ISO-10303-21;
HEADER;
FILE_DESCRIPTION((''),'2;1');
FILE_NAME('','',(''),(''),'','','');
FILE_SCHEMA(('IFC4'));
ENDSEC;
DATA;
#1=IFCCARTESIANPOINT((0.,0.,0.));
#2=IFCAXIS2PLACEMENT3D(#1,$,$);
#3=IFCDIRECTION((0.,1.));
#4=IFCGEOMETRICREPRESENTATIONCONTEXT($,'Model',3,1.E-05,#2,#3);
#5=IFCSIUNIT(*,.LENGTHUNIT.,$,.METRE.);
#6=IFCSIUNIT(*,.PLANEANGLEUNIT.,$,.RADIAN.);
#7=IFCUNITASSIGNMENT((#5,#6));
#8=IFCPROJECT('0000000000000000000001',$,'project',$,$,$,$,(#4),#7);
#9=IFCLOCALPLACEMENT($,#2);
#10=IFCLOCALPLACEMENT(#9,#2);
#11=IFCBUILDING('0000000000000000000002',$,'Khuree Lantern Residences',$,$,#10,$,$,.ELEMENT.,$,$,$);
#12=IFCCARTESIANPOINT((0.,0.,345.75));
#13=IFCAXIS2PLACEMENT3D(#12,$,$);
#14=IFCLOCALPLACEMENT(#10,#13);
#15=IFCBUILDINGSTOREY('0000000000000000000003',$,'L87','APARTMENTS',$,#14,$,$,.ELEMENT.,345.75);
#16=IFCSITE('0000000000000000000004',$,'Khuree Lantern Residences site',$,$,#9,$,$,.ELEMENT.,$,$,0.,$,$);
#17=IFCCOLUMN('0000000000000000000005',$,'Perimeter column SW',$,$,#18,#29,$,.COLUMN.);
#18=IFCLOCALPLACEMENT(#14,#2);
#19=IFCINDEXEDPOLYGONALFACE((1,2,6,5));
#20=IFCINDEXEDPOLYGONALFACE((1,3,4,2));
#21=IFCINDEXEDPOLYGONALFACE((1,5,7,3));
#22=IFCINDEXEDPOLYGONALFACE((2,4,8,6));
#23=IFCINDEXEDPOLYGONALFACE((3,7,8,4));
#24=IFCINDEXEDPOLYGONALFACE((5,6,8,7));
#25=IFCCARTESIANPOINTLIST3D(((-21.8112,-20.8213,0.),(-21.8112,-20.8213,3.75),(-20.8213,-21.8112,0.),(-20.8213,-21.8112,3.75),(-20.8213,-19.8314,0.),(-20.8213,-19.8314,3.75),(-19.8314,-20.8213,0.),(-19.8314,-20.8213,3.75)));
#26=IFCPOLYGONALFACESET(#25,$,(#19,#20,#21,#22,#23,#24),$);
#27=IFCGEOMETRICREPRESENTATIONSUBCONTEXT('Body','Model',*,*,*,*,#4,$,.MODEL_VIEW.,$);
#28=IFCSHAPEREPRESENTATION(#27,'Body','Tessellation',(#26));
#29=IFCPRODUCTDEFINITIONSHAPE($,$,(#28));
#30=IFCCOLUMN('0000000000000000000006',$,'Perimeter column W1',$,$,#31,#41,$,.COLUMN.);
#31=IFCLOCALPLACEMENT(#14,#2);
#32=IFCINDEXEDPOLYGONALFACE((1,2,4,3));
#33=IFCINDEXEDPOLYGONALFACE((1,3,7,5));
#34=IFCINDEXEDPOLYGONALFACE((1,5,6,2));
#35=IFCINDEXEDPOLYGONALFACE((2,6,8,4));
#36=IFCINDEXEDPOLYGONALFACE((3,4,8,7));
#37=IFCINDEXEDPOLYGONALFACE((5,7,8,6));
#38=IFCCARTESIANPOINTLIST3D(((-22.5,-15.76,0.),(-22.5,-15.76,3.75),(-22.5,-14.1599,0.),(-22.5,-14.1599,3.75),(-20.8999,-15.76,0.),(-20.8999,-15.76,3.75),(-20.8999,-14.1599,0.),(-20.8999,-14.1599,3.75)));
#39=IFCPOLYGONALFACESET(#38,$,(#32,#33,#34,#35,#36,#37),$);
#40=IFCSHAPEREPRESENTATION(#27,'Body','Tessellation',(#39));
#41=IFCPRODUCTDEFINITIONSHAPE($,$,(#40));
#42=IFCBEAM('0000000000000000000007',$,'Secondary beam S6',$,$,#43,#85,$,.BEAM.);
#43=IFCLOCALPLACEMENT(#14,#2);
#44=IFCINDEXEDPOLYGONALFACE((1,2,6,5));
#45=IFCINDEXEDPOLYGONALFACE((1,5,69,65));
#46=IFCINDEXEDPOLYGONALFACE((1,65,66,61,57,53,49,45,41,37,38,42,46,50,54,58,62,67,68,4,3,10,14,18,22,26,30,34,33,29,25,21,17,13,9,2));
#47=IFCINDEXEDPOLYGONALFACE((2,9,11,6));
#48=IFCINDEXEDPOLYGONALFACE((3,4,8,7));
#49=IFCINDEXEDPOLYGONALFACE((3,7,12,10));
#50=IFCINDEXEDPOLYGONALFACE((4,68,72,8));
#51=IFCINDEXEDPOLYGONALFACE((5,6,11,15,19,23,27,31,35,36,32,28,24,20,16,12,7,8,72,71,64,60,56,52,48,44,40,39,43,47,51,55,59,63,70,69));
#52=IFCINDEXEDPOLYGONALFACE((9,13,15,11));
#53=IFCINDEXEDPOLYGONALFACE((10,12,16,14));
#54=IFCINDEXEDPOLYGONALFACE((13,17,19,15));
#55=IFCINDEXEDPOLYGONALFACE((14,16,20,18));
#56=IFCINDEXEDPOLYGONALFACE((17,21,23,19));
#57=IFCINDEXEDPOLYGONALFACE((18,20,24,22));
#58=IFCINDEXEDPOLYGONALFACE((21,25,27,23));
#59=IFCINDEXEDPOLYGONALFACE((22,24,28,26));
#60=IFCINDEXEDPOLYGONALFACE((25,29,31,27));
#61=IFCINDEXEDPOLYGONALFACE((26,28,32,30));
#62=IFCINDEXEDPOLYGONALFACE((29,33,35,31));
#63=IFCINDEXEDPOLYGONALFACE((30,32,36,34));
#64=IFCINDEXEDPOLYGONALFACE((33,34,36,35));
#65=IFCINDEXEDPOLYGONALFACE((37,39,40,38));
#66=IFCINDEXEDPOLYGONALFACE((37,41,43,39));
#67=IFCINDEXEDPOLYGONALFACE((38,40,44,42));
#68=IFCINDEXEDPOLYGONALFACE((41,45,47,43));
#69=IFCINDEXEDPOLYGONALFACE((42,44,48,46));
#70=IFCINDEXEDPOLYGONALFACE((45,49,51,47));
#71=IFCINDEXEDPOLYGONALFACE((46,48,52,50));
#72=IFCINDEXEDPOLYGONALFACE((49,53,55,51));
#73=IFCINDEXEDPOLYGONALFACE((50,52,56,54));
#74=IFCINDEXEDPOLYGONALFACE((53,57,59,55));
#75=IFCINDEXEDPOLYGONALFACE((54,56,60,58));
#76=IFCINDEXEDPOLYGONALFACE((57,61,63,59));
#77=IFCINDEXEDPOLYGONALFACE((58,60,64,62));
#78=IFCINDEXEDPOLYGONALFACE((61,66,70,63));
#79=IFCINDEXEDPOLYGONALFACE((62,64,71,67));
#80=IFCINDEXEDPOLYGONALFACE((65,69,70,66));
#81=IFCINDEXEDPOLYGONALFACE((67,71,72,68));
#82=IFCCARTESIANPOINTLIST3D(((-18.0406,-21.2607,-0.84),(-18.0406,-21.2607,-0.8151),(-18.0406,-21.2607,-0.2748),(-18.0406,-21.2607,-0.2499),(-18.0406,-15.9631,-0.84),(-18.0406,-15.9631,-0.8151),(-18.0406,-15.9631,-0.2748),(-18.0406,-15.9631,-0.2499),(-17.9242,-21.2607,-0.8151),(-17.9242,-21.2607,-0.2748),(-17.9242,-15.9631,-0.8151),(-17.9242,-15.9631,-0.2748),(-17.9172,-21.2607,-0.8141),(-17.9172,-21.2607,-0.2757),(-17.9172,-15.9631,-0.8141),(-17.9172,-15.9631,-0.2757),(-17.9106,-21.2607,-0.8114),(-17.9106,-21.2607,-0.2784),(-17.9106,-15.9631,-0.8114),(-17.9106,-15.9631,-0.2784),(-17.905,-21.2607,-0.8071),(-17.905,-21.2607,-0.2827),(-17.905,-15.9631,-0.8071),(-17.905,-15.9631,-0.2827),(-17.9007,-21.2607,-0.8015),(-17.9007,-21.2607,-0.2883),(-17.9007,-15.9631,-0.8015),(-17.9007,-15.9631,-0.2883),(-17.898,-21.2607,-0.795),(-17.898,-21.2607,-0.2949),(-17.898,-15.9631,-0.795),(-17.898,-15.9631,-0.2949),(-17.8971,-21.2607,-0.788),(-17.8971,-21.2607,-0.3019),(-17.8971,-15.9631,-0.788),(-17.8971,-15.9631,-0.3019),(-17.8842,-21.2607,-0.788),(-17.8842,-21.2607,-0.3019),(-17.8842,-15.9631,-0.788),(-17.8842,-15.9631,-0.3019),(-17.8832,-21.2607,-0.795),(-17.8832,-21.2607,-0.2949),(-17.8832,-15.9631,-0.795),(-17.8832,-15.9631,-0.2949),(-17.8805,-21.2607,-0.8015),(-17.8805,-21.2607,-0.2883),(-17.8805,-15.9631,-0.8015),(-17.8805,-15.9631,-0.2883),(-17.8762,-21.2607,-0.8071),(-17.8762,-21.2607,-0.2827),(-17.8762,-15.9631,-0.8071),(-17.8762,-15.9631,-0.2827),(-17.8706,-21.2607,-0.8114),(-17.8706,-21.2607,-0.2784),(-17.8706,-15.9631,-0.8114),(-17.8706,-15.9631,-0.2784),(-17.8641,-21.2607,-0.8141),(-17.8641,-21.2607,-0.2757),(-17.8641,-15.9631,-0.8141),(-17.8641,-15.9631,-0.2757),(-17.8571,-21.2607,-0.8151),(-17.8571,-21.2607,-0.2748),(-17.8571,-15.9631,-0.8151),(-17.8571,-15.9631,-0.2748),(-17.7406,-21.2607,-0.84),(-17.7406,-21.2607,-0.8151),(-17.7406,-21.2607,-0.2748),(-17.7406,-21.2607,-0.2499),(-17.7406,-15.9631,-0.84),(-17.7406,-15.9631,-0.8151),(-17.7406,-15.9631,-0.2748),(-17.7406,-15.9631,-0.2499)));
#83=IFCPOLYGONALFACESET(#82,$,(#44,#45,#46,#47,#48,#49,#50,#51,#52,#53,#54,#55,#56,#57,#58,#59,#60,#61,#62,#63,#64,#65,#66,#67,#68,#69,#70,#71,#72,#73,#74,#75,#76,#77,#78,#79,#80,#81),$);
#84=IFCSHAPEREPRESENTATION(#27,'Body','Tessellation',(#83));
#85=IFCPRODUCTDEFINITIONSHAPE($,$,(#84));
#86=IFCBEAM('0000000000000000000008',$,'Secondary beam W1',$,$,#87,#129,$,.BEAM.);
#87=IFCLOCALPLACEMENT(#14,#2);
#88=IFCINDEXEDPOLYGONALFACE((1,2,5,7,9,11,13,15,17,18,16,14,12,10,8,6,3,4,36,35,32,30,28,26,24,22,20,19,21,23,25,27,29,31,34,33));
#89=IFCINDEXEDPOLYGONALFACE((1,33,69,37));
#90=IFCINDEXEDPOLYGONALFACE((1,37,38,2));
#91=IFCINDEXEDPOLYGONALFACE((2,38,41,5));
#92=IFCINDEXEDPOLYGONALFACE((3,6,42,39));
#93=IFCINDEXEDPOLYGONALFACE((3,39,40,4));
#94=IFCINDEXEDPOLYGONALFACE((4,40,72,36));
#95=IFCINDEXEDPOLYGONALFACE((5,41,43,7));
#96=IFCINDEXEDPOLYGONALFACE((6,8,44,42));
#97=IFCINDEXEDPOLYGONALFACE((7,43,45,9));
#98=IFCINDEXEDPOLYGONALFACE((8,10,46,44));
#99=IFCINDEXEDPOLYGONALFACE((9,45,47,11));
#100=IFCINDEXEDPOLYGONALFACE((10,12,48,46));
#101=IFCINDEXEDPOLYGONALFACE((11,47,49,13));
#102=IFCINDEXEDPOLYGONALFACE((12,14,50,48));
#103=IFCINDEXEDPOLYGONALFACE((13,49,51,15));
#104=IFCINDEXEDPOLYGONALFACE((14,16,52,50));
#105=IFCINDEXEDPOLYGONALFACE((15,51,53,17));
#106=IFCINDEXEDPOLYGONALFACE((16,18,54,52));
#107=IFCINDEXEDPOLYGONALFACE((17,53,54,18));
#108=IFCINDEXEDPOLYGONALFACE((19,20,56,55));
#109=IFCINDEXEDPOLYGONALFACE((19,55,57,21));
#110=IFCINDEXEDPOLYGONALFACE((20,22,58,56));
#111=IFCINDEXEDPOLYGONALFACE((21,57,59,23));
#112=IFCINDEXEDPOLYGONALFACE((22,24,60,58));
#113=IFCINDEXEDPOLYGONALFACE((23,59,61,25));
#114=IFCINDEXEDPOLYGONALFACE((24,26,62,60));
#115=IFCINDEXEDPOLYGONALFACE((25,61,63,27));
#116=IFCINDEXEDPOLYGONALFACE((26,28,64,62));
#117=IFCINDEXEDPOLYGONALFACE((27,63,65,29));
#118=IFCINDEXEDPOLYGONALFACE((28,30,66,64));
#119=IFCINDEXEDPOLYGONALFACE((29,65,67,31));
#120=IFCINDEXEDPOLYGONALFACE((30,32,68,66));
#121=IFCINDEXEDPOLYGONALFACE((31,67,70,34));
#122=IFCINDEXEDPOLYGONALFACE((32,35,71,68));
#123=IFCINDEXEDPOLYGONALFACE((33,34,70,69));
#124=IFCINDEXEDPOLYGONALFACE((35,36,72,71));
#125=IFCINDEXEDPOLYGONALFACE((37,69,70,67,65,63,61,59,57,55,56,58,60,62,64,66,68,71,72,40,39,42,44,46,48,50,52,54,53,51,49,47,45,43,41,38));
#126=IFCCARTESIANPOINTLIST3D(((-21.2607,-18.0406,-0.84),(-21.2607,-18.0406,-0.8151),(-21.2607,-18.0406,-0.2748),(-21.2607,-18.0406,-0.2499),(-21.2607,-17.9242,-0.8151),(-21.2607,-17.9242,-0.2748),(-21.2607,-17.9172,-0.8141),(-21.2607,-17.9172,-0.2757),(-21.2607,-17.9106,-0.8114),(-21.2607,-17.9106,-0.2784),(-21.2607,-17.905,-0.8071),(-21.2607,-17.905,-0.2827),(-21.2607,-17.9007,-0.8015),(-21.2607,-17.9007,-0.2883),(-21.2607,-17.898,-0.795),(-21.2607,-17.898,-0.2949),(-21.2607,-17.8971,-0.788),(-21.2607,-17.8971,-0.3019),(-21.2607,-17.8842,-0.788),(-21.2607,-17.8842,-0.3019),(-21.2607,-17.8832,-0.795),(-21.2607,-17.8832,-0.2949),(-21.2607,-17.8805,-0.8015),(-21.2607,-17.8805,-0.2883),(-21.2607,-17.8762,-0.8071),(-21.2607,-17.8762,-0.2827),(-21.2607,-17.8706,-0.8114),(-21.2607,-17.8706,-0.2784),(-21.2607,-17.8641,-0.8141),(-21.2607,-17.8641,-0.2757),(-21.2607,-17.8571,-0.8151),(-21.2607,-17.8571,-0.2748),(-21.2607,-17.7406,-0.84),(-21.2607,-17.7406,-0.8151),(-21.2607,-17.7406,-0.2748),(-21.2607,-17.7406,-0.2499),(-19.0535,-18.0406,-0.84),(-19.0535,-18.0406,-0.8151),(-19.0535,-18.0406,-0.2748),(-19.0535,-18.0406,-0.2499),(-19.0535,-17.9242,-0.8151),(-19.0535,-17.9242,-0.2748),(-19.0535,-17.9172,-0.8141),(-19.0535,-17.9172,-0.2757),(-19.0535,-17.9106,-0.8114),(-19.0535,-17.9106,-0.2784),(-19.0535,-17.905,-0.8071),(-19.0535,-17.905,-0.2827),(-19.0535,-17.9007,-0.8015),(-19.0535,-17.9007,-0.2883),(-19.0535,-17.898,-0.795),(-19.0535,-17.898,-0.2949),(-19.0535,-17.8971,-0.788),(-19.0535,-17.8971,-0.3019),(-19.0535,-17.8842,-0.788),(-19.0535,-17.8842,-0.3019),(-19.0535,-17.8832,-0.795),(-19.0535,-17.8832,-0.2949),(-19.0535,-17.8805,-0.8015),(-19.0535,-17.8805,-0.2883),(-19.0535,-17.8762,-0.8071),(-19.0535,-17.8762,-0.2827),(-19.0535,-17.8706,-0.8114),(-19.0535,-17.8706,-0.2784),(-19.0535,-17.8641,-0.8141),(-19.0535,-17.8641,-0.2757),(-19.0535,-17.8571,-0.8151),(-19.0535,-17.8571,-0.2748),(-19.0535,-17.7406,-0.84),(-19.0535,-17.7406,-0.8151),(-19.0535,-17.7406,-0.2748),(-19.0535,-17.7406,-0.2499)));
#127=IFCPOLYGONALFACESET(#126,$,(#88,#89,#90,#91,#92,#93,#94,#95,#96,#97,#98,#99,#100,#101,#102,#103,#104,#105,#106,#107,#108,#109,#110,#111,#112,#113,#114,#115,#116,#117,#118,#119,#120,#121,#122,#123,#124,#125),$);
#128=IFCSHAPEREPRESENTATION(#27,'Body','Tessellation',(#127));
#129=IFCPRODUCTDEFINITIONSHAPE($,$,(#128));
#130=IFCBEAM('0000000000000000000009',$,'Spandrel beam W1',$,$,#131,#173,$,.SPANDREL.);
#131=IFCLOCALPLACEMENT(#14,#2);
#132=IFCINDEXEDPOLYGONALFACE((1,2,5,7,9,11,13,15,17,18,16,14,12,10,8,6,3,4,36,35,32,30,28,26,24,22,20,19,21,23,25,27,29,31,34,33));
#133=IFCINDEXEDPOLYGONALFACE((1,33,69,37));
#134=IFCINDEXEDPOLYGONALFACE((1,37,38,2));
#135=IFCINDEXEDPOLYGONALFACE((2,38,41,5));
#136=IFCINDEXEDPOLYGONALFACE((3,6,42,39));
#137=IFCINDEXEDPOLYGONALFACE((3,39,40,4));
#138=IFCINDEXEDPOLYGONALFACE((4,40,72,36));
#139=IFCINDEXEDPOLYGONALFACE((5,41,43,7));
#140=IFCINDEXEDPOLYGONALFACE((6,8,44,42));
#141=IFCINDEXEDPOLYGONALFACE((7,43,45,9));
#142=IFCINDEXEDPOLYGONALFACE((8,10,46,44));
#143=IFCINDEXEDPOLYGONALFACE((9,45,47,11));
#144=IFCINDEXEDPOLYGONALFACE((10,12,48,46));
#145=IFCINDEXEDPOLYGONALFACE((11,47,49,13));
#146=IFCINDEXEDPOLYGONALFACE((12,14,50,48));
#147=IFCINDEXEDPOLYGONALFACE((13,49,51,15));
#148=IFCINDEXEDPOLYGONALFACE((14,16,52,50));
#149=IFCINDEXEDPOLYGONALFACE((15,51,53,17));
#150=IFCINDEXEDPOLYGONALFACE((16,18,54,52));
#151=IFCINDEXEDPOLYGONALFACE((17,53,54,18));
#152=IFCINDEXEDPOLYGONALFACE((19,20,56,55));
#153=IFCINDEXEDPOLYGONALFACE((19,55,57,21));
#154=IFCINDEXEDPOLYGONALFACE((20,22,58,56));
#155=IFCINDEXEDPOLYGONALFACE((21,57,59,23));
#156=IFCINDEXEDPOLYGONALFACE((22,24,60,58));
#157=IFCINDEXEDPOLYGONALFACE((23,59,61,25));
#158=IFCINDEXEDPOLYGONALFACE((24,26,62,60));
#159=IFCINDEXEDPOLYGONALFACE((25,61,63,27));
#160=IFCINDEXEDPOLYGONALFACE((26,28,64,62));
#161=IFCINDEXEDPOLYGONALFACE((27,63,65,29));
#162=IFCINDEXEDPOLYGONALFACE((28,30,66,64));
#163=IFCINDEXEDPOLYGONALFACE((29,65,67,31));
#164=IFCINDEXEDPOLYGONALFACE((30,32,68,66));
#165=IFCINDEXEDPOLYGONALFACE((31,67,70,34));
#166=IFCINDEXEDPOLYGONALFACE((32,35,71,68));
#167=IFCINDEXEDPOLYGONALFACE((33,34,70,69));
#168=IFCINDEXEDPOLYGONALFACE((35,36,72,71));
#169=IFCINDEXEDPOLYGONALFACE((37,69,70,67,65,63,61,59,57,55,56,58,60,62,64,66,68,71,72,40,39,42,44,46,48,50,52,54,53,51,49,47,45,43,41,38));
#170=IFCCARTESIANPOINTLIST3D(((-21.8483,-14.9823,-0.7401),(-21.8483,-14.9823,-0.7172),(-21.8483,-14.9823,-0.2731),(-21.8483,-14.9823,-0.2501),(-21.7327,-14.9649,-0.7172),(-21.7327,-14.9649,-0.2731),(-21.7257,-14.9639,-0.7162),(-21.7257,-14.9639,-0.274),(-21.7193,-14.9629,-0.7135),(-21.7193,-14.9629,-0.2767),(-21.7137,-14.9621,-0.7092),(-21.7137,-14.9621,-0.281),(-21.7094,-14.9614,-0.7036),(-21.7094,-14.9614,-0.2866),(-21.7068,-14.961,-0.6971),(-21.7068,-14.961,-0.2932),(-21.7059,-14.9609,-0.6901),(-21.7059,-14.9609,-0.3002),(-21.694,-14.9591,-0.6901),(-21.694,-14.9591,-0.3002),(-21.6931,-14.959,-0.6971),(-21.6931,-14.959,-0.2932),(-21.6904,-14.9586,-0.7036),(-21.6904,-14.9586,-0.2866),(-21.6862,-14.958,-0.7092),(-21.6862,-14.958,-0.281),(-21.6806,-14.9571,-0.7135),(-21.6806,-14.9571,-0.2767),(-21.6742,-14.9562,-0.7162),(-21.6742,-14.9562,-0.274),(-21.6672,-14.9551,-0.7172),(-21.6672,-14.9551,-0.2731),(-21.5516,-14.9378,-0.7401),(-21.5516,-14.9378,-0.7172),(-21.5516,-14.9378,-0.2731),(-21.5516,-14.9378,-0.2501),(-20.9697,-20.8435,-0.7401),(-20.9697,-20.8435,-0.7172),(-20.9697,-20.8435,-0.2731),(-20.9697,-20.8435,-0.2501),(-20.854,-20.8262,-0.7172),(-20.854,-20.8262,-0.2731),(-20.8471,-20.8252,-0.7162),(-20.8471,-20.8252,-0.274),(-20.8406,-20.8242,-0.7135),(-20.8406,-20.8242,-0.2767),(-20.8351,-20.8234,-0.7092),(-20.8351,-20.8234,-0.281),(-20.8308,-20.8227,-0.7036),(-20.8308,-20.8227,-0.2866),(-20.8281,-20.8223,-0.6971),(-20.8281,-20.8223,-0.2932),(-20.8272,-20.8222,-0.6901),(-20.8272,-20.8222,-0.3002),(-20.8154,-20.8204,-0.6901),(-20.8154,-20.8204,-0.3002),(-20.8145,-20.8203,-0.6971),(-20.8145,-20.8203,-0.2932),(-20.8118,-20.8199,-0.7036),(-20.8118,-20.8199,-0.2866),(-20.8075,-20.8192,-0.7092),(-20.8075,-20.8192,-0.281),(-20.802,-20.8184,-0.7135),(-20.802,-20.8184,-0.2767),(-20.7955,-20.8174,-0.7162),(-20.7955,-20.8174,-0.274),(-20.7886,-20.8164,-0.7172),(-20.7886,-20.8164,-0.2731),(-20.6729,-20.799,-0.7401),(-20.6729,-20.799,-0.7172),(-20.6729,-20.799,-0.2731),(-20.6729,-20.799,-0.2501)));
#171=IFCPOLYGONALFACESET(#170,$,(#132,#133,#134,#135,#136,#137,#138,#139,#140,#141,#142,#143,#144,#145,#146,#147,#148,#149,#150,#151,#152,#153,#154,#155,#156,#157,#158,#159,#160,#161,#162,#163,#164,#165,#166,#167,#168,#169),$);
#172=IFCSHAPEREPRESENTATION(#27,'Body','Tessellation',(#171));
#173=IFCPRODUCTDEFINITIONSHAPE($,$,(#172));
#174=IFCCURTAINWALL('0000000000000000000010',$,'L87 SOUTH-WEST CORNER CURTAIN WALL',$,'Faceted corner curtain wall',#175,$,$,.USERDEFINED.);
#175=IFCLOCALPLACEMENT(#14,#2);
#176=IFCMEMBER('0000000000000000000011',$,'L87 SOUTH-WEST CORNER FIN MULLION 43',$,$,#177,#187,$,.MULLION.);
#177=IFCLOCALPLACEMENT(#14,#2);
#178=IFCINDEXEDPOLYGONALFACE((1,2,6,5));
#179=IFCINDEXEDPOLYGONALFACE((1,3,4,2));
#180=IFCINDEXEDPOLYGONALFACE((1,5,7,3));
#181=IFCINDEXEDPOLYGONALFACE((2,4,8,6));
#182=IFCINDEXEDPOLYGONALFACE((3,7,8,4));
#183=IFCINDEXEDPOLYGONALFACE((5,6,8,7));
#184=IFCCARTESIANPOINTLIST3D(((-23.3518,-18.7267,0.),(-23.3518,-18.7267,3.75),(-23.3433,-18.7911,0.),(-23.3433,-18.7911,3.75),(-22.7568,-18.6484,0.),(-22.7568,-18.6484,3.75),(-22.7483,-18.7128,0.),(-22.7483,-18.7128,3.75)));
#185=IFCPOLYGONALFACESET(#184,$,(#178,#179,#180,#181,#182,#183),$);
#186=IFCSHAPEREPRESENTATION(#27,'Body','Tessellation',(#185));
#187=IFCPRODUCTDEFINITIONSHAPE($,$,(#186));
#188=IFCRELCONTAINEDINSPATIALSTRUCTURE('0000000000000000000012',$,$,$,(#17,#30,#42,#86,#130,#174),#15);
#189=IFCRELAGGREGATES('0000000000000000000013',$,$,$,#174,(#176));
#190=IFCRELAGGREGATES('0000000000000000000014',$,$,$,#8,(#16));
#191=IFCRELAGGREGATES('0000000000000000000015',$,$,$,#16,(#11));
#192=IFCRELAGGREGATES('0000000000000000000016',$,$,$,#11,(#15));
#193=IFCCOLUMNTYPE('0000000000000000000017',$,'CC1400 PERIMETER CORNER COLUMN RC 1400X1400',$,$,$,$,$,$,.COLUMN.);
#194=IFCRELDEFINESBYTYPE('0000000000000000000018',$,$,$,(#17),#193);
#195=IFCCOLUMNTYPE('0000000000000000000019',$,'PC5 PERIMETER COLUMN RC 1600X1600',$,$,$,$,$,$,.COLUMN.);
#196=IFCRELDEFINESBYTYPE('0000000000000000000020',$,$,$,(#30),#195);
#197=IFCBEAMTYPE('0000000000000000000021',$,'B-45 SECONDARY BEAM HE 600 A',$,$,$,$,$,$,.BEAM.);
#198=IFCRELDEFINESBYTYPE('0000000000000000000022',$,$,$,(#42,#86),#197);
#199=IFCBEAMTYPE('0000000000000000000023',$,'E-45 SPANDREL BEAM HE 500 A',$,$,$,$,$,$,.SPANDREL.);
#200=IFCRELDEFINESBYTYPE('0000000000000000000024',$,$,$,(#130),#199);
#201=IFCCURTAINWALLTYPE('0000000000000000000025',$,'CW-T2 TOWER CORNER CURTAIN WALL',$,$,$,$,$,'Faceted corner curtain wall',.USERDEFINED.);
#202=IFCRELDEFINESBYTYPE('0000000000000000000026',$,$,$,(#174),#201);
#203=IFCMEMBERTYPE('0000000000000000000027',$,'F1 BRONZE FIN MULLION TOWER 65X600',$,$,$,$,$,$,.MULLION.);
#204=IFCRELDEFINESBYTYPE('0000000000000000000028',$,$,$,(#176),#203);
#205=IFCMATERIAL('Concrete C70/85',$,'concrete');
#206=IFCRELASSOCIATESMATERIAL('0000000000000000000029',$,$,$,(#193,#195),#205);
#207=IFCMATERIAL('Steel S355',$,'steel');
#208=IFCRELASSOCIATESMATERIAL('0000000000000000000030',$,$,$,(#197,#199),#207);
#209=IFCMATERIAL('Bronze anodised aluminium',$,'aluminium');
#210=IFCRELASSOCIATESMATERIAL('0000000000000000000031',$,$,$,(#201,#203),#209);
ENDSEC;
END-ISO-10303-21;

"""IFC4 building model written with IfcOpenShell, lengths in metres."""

from ifc_helpers import new_model, si_unit, direction, frame, origin, origin_2d, place, context, subcontext, project, spatial, rectangle, i_section, extrude, material, material_profile, profile_set, type_object, element, aggregate, save


model = new_model("IFC4")

# Units and contexts
model_context = context("Model", 3, precision=1e-05, world=origin(), true_north=direction((0.0, 1.0)))
body_context = subcontext(model_context, "Body", "Model", "MODEL_VIEW")
ifc_project = project(units=[si_unit("LENGTHUNIT", "METRE"), si_unit("PLANEANGLEUNIT", "RADIAN")], contexts=[model_context])

# Site, building, storey
site_placement = place(None, origin())
site = spatial("IfcSite", under=ifc_project, at=site_placement, Name="Khuree Lantern Residences site", CompositionType="ELEMENT", RefElevation=0.0)
building_placement = place(site_placement, origin())
building = spatial("IfcBuilding", under=site, at=building_placement, Name="Khuree Lantern Residences", CompositionType="ELEMENT")
storey_placement = place(building_placement, frame((0.0, 0.0, 345.75)))
storey = spatial("IfcBuildingStorey", under=building, at=storey_placement, Name="L87", Description="APARTMENTS", CompositionType="ELEMENT", Elevation=345.75)

# Columns
ifc_material_1 = material(Name="Concrete C70/85", Category="concrete")
ifc_material_profile_1 = material_profile(ifc_material_1, rectangle(XDim=1.3999, YDim=1.3999, at=origin_2d()), Name="RC 1400X1400")
ifc_profile_set_1 = profile_set([ifc_material_profile_1], Name="Concrete C70/85")
column_type_1 = type_object("IfcColumnType", Name="CC1400 PERIMETER CORNER COLUMN RC 1400X1400", PredefinedType="COLUMN", material=ifc_profile_set_1)
column_1_placement = place(storey_placement, frame((-20.8213, -20.8213, 0.0), z_axis=(0.0, 0.0, 1.0), x_axis=(0.707107, -0.707107, 0.0)))
element("IfcColumn", 1, at=column_1_placement, inside=storey, type_object=column_type_1, Name="Perimeter column SW", PredefinedType="COLUMN", context=body_context, shape_type="SweptSolid", body=[
    extrude(rectangle(XDim=1.3999, YDim=1.3999, at=origin_2d()), origin(), (0.0, 0.0, 1.0), 3.75),
])
ifc_material_profile_2 = material_profile(ifc_material_1, rectangle(XDim=1.6001, YDim=1.6001, at=origin_2d()), Name="RC 1600X1600")
ifc_profile_set_2 = profile_set([ifc_material_profile_2], Name="Concrete C70/85")
column_type_2 = type_object("IfcColumnType", Name="PC5 PERIMETER COLUMN RC 1600X1600", PredefinedType="COLUMN", material=ifc_profile_set_2)
column_2_placement = place(storey_placement, frame((-21.7, -14.96, 0.0), z_axis=(0.0, 0.0, 1.0), x_axis=(0.0, 1.0, 0.0)))
element("IfcColumn", 2, at=column_2_placement, inside=storey, type_object=column_type_2, Name="Perimeter column W1", PredefinedType="COLUMN", context=body_context, shape_type="SweptSolid", body=[
    extrude(rectangle(XDim=1.6001, YDim=1.6001, at=origin_2d()), origin(), (0.0, 0.0, 1.0), 3.75),
])

# Beams
ifc_material_2 = material(Name="Steel S355", Category="steel")
ifc_material_profile_3 = material_profile(ifc_material_2, i_section(OverallWidth=0.3, OverallDepth=0.5901, WebThickness=0.0129, FlangeThickness=0.0249, FilletRadius=0.0271, at=origin_2d()), Name="HE 600 A")
ifc_profile_set_3 = profile_set([ifc_material_profile_3], Name="Steel S355")
beam_type_1 = type_object("IfcBeamType", Name="B-45 SECONDARY BEAM HE 600 A", PredefinedType="BEAM", material=ifc_profile_set_3)
beam_1_placement = place(storey_placement, frame((-17.8906, -21.2607, -0.5449), z_axis=(0.0, 1.0, 0.0), x_axis=(-1.0, 0.0, 0.0)))
element("IfcBeam", 3, at=beam_1_placement, inside=storey, type_object=beam_type_1, Name="Secondary beam S6", PredefinedType="BEAM", context=body_context, shape_type="SweptSolid", body=[
    extrude(i_section(OverallWidth=0.3, OverallDepth=0.5901, WebThickness=0.0129, FlangeThickness=0.0249, FilletRadius=0.0271, at=origin_2d()), origin(), (0.0, 0.0, 1.0), 5.2976),
])
beam_2_placement = place(storey_placement, frame((-21.2607, -17.8906, -0.5449), z_axis=(1.0, 0.0, 0.0), x_axis=(0.0, 1.0, 0.0)))
element("IfcBeam", 4, at=beam_2_placement, inside=storey, type_object=beam_type_1, Name="Secondary beam W1", PredefinedType="BEAM", context=body_context, shape_type="SweptSolid", body=[
    extrude(i_section(OverallWidth=0.3, OverallDepth=0.5901, WebThickness=0.0129, FlangeThickness=0.0249, FilletRadius=0.0271, at=origin_2d()), origin(), (0.0, 0.0, 1.0), 2.2073),
])
ifc_material_profile_4 = material_profile(ifc_material_2, i_section(OverallWidth=0.3, OverallDepth=0.49, WebThickness=0.012, FlangeThickness=0.0229, FilletRadius=0.0271, at=origin_2d()), Name="HE 500 A")
ifc_profile_set_4 = profile_set([ifc_material_profile_4], Name="Steel S355")
beam_type_2 = type_object("IfcBeamType", Name="E-45 SPANDREL BEAM HE 500 A", PredefinedType="SPANDREL", material=ifc_profile_set_4)
beam_3_placement = place(storey_placement, frame((-20.8213, -20.8213, -0.4951), z_axis=(-0.148252, 0.98895, 0.0), x_axis=(-0.98895, -0.148252, 0.0)))
element("IfcBeam", 5, at=beam_3_placement, inside=storey, type_object=beam_type_2, Name="Spandrel beam W1", PredefinedType="SPANDREL", context=body_context, shape_type="SweptSolid", body=[
    extrude(i_section(OverallWidth=0.3, OverallDepth=0.49, WebThickness=0.012, FlangeThickness=0.0229, FilletRadius=0.0271, at=origin_2d()), origin(), (0.0, 0.0, 1.0), 5.9268),
])

# Curtain wall, member
ifc_material_3 = material(Name="Bronze anodised aluminium", Category="aluminium")
curtain_wall_type_1 = type_object("IfcCurtainWallType", Name="CW-T2 TOWER CORNER CURTAIN WALL", ElementType="Faceted corner curtain wall", PredefinedType="USERDEFINED", material=ifc_material_3)
curtain_wall_1_placement = place(storey_placement, origin())
curtain_wall_1 = element("IfcCurtainWall", 6, at=curtain_wall_1_placement, inside=storey, type_object=curtain_wall_type_1, Name="L87 SOUTH-WEST CORNER CURTAIN WALL", ObjectType="Faceted corner curtain wall", PredefinedType="USERDEFINED")
ifc_material_profile_5 = material_profile(ifc_material_3, rectangle(XDim=0.0649, YDim=0.6001, at=origin_2d()), Name="F1 65X600")
ifc_profile_set_5 = profile_set([ifc_material_profile_5], Name="Bronze anodised aluminium")
member_type_1 = type_object("IfcMemberType", Name="F1 BRONZE FIN MULLION TOWER 65X600", PredefinedType="MULLION", material=ifc_profile_set_5)
member_1_placement = place(storey_placement, frame((-23.05, -18.7197, 0.0), z_axis=(0.0, 0.0, 1.0), x_axis=(0.130526, -0.991445, 0.0)))
member_1 = element("IfcMember", 7, at=member_1_placement, type_object=member_type_1, Name="L87 SOUTH-WEST CORNER FIN MULLION 43", PredefinedType="MULLION", context=body_context, shape_type="SweptSolid", body=[
    extrude(rectangle(XDim=0.0649, YDim=0.6001, at=origin_2d()), origin(), (0.0, 0.0, 1.0), 3.75),
])

aggregate(curtain_wall_1, [member_1])

save(model, "model.ifc")
